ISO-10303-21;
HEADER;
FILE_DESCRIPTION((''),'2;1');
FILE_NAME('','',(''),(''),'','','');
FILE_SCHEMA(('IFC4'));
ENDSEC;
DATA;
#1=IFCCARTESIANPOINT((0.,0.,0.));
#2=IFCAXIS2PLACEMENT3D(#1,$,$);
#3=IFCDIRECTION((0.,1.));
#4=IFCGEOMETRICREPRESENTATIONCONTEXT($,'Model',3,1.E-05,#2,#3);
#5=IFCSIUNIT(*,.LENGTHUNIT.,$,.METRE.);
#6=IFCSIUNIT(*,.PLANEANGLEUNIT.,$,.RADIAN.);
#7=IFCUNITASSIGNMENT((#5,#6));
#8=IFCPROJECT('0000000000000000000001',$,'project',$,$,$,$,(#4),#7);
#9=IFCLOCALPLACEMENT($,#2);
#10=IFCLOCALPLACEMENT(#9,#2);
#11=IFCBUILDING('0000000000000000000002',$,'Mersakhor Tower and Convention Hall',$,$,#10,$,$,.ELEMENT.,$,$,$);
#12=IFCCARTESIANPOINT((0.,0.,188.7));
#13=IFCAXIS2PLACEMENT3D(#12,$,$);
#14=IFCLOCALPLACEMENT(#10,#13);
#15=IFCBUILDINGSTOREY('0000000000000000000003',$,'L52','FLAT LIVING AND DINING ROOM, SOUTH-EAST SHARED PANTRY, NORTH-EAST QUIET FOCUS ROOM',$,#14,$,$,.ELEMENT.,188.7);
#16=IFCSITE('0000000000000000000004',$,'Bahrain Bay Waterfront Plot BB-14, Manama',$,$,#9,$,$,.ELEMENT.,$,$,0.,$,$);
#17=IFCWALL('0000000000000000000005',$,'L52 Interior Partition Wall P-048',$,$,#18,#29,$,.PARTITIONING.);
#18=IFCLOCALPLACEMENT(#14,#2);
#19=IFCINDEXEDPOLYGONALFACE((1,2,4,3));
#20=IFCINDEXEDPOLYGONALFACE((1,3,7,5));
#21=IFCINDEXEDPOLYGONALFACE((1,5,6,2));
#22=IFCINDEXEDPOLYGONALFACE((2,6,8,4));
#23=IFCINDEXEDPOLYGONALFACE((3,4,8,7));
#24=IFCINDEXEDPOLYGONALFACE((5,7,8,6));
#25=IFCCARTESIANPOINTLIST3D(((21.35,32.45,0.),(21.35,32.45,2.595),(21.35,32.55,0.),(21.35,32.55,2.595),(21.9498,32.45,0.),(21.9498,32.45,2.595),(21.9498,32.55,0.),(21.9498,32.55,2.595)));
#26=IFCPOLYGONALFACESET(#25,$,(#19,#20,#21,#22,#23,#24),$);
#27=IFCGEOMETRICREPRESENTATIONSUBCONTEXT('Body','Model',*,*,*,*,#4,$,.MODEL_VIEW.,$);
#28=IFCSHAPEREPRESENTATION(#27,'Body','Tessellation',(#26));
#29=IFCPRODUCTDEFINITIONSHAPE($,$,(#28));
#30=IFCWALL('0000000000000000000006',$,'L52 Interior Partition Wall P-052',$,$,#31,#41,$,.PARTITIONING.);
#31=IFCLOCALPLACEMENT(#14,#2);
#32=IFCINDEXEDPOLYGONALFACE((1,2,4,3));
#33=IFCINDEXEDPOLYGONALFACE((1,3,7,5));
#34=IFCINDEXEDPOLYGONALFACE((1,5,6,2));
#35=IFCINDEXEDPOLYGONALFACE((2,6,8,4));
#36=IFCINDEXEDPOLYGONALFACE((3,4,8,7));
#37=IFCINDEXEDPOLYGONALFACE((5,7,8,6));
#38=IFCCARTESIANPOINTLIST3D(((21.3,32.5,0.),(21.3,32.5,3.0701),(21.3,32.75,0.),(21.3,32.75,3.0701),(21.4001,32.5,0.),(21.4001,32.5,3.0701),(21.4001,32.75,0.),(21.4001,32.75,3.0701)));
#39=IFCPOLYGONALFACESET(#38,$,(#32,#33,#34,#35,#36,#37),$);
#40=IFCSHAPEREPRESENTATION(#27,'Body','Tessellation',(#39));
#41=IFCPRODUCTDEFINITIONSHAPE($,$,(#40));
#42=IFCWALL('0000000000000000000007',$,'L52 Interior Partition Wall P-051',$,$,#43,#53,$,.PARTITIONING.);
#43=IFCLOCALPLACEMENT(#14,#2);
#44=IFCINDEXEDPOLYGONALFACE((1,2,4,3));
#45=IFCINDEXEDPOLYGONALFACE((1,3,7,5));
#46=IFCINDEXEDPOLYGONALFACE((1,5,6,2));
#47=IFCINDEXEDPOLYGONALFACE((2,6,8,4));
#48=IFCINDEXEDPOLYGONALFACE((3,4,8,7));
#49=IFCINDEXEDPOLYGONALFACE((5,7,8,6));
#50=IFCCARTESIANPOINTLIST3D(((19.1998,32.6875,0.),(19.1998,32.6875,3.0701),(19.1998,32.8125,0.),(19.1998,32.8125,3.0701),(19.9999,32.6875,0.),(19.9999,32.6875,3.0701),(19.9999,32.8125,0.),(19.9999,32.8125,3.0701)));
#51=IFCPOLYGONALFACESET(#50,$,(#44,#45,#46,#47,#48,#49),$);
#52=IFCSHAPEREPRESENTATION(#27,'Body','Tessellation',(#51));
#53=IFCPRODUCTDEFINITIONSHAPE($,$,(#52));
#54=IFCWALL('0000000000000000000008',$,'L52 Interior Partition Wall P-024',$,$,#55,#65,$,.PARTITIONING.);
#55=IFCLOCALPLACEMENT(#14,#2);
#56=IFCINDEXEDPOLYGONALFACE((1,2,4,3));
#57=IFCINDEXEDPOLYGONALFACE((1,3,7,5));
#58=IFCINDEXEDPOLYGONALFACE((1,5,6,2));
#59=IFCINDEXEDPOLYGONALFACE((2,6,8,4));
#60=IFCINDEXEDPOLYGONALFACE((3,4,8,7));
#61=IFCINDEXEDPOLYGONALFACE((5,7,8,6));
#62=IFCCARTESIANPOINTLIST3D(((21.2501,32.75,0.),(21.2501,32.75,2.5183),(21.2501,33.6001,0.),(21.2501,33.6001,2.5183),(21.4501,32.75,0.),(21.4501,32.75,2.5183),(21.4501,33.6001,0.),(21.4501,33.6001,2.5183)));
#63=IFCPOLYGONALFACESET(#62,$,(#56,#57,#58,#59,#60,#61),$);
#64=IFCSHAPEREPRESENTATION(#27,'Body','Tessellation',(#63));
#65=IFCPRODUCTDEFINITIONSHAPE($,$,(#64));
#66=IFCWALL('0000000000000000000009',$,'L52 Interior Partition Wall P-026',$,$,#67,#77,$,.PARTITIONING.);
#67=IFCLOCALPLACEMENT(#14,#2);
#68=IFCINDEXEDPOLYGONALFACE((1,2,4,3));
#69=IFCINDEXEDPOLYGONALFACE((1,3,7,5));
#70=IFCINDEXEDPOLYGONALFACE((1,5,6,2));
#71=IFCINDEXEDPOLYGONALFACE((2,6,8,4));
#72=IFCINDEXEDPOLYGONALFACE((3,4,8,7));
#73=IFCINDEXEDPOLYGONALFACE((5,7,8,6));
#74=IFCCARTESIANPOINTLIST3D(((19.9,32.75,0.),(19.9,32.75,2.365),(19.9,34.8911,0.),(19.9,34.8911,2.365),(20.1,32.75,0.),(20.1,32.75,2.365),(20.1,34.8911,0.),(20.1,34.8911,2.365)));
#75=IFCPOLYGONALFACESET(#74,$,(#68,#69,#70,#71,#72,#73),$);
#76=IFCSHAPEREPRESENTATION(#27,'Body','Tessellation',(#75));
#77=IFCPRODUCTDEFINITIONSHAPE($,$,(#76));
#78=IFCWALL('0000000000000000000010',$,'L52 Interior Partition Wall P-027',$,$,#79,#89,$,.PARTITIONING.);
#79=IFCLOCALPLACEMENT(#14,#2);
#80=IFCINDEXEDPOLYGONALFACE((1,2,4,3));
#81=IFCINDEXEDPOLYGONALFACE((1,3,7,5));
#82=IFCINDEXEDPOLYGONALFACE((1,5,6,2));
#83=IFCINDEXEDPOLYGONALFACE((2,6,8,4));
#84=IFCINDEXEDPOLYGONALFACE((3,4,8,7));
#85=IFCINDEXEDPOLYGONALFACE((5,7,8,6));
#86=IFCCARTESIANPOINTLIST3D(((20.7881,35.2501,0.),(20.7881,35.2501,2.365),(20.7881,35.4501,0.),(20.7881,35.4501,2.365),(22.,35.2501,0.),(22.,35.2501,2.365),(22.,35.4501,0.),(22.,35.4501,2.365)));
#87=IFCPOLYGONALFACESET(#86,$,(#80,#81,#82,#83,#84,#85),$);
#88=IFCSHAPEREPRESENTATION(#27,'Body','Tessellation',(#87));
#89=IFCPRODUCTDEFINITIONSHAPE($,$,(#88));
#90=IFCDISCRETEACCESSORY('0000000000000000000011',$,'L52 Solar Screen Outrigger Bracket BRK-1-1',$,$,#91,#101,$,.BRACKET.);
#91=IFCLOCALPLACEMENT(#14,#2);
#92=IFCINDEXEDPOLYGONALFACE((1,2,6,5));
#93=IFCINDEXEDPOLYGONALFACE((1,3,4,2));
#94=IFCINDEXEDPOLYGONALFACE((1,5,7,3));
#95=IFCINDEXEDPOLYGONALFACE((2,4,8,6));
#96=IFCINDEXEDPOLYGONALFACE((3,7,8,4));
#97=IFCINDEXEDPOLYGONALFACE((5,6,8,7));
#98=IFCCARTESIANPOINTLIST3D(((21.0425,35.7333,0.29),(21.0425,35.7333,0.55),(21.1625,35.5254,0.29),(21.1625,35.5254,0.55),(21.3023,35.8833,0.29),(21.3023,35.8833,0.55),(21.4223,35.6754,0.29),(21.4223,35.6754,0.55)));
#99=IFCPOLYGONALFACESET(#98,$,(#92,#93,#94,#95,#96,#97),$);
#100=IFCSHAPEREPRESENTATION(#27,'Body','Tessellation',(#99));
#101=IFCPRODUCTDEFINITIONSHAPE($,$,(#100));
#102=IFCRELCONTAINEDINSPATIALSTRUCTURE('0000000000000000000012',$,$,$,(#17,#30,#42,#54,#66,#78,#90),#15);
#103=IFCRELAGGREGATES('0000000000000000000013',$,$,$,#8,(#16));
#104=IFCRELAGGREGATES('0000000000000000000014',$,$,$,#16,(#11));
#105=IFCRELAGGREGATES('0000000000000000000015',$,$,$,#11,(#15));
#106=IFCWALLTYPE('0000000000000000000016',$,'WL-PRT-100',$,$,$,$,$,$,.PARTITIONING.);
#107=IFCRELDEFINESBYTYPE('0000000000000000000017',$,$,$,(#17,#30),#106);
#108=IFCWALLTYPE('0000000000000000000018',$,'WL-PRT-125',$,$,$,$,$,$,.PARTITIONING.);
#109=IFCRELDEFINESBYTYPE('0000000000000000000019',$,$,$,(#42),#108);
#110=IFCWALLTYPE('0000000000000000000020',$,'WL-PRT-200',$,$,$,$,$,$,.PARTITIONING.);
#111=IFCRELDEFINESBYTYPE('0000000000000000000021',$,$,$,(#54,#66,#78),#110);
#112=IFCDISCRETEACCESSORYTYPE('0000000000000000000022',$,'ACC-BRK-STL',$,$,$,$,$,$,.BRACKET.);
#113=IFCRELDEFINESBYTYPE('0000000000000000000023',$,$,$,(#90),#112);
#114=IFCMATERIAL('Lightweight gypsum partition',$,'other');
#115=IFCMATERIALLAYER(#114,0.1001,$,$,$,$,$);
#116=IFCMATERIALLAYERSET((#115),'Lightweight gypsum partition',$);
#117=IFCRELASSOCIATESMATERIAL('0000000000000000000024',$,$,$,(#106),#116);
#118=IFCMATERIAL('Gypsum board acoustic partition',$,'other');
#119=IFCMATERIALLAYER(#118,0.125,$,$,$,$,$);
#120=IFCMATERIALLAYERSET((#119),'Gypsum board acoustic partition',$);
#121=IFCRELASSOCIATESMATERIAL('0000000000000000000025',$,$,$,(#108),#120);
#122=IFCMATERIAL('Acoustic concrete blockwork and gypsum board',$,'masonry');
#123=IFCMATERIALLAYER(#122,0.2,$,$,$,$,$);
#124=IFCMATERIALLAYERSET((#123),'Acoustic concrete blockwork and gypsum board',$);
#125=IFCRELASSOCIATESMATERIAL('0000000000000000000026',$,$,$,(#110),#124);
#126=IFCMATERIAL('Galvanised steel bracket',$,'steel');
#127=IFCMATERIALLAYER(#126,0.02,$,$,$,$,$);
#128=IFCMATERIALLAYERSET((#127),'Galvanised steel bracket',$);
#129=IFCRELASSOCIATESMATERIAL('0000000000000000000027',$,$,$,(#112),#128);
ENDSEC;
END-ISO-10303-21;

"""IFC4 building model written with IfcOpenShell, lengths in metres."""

from ifc_helpers import new_model, si_unit, direction, frame, frame_2d, origin, origin_2d, place, context, subcontext, project, spatial, rectangle, extrude, material, layer, layer_set, type_object, element, save


model = new_model("IFC4")

# Units and contexts
model_context = context("Model", 3, precision=1e-05, world=origin(), true_north=direction((0.0, 1.0)))
body_context = subcontext(model_context, "Body", "Model", "MODEL_VIEW")
ifc_project = project(units=[si_unit("LENGTHUNIT", "METRE"), si_unit("PLANEANGLEUNIT", "RADIAN")], contexts=[model_context])

# Site, building, storey
site_placement = place(None, origin())
site = spatial("IfcSite", under=ifc_project, at=site_placement, Name="Bahrain Bay Waterfront Plot BB-14, Manama", CompositionType="ELEMENT", RefElevation=0.0)
building_placement = place(site_placement, origin())
building = spatial("IfcBuilding", under=site, at=building_placement, Name="Mersakhor Tower and Convention Hall", CompositionType="ELEMENT")
storey_placement = place(building_placement, frame((0.0, 0.0, 188.7)))
storey = spatial("IfcBuildingStorey", under=building, at=storey_placement, Name="L52", Description="FLAT LIVING AND DINING ROOM, SOUTH-EAST SHARED PANTRY, NORTH-EAST QUIET FOCUS ROOM", CompositionType="ELEMENT", Elevation=188.7)

# Walls
ifc_material_1 = material(Name="Lightweight gypsum partition", Category="other")
ifc_layer_1 = layer(ifc_material_1, 0.1001)
ifc_layer_set_1 = layer_set([ifc_layer_1], Name="Lightweight gypsum partition")
wall_type_1 = type_object("IfcWallType", Name="WL-PRT-100", PredefinedType="PARTITIONING", material=ifc_layer_set_1)
wall_1_placement = place(storey_placement, frame((21.3501, 32.5, 0.0), z_axis=(0.0, 0.0, 1.0), x_axis=(1.0, 0.0, 0.0)))
element("IfcWall", 1, at=wall_1_placement, inside=storey, type_object=wall_type_1, Name="L52 Interior Partition Wall P-048", PredefinedType="PARTITIONING", context=body_context, shape_type="SweptSolid", body=[
    extrude(rectangle(XDim=0.5999, YDim=0.1001, at=frame_2d((0.2998, 0.0))), origin(), (0.0, 0.0, 1.0), 2.595),
])
wall_2_placement = place(storey_placement, frame((21.3501, 32.75, 0.0), z_axis=(0.0, 0.0, 1.0), x_axis=(0.0, -1.0, 0.0)))
element("IfcWall", 2, at=wall_2_placement, inside=storey, type_object=wall_type_1, Name="L52 Interior Partition Wall P-052", PredefinedType="PARTITIONING", context=body_context, shape_type="SweptSolid", body=[
    extrude(rectangle(XDim=0.25, YDim=0.1001, at=frame_2d((0.125, 0.0))), origin(), (0.0, 0.0, 1.0), 3.0701),
])
ifc_material_2 = material(Name="Gypsum board acoustic partition", Category="other")
ifc_layer_2 = layer(ifc_material_2, 0.125)
ifc_layer_set_2 = layer_set([ifc_layer_2], Name="Gypsum board acoustic partition")
wall_type_2 = type_object("IfcWallType", Name="WL-PRT-125", PredefinedType="PARTITIONING", material=ifc_layer_set_2)
wall_3_placement = place(storey_placement, frame((19.2, 32.75, 0.0), z_axis=(0.0, 0.0, 1.0), x_axis=(1.0, 0.0, 0.0)))
element("IfcWall", 3, at=wall_3_placement, inside=storey, type_object=wall_type_2, Name="L52 Interior Partition Wall P-051", PredefinedType="PARTITIONING", context=body_context, shape_type="SweptSolid", body=[
    extrude(rectangle(XDim=0.8, YDim=0.125, at=frame_2d((0.3999, 0.0))), origin(), (0.0, 0.0, 1.0), 3.0701),
])
ifc_material_3 = material(Name="Acoustic concrete blockwork and gypsum board", Category="masonry")
ifc_layer_3 = layer(ifc_material_3, 0.2)
ifc_layer_set_3 = layer_set([ifc_layer_3], Name="Acoustic concrete blockwork and gypsum board")
wall_type_3 = type_object("IfcWallType", Name="WL-PRT-200", PredefinedType="PARTITIONING", material=ifc_layer_set_3)
wall_4_placement = place(storey_placement, frame((21.3501, 33.6001, 0.0), z_axis=(0.0, 0.0, 1.0), x_axis=(0.0, -1.0, 0.0)))
element("IfcWall", 4, at=wall_4_placement, inside=storey, type_object=wall_type_3, Name="L52 Interior Partition Wall P-024", PredefinedType="PARTITIONING", context=body_context, shape_type="SweptSolid", body=[
    extrude(rectangle(XDim=0.8501, YDim=0.2, at=frame_2d((0.425, 0.0))), origin(), (0.0, 0.0, 1.0), 2.5183),
])

# Walls
wall_5_placement = place(storey_placement, frame((20.0, 32.75, 0.0), z_axis=(0.0, 0.0, 1.0), x_axis=(0.0, 1.0, 0.0)))
element("IfcWall", 5, at=wall_5_placement, inside=storey, type_object=wall_type_3, Name="L52 Interior Partition Wall P-026", PredefinedType="PARTITIONING", context=body_context, shape_type="SweptSolid", body=[
    extrude(rectangle(XDim=2.1411, YDim=0.2, at=frame_2d((1.0706, 0.0))), origin(), (0.0, 0.0, 1.0), 2.365),
])
wall_6_placement = place(storey_placement, frame((20.7881, 35.3501, 0.0), z_axis=(0.0, 0.0, 1.0), x_axis=(1.0, 0.0, 0.0)))
element("IfcWall", 6, at=wall_6_placement, inside=storey, type_object=wall_type_3, Name="L52 Interior Partition Wall P-027", PredefinedType="PARTITIONING", context=body_context, shape_type="SweptSolid", body=[
    extrude(rectangle(XDim=1.2119, YDim=0.2, at=frame_2d((0.606, 0.0))), origin(), (0.0, 0.0, 1.0), 2.365),
])

# Discrete accessory
ifc_material_4 = material(Name="Galvanised steel bracket", Category="steel")
ifc_layer_4 = layer(ifc_material_4, 0.02)
ifc_layer_set_4 = layer_set([ifc_layer_4], Name="Galvanised steel bracket")
discrete_accessory_type = type_object("IfcDiscreteAccessoryType", Name="ACC-BRK-STL", PredefinedType="BRACKET", material=ifc_layer_set_4)
discrete_accessory_placement = place(storey_placement, frame((21.2324, 35.7043, 0.29), z_axis=(0.0, 0.0, 1.0), x_axis=(0.866025, 0.5, 0.0)))
element("IfcDiscreteAccessory", 7, at=discrete_accessory_placement, inside=storey, type_object=discrete_accessory_type, Name="L52 Solar Screen Outrigger Bracket BRK-1-1", PredefinedType="BRACKET", context=body_context, shape_type="SweptSolid", body=[
    extrude(rectangle(XDim=0.3, YDim=0.24, at=origin_2d()), origin(), (0.0, 0.0, 1.0), 0.26),
])

save(model, "model.ifc")
